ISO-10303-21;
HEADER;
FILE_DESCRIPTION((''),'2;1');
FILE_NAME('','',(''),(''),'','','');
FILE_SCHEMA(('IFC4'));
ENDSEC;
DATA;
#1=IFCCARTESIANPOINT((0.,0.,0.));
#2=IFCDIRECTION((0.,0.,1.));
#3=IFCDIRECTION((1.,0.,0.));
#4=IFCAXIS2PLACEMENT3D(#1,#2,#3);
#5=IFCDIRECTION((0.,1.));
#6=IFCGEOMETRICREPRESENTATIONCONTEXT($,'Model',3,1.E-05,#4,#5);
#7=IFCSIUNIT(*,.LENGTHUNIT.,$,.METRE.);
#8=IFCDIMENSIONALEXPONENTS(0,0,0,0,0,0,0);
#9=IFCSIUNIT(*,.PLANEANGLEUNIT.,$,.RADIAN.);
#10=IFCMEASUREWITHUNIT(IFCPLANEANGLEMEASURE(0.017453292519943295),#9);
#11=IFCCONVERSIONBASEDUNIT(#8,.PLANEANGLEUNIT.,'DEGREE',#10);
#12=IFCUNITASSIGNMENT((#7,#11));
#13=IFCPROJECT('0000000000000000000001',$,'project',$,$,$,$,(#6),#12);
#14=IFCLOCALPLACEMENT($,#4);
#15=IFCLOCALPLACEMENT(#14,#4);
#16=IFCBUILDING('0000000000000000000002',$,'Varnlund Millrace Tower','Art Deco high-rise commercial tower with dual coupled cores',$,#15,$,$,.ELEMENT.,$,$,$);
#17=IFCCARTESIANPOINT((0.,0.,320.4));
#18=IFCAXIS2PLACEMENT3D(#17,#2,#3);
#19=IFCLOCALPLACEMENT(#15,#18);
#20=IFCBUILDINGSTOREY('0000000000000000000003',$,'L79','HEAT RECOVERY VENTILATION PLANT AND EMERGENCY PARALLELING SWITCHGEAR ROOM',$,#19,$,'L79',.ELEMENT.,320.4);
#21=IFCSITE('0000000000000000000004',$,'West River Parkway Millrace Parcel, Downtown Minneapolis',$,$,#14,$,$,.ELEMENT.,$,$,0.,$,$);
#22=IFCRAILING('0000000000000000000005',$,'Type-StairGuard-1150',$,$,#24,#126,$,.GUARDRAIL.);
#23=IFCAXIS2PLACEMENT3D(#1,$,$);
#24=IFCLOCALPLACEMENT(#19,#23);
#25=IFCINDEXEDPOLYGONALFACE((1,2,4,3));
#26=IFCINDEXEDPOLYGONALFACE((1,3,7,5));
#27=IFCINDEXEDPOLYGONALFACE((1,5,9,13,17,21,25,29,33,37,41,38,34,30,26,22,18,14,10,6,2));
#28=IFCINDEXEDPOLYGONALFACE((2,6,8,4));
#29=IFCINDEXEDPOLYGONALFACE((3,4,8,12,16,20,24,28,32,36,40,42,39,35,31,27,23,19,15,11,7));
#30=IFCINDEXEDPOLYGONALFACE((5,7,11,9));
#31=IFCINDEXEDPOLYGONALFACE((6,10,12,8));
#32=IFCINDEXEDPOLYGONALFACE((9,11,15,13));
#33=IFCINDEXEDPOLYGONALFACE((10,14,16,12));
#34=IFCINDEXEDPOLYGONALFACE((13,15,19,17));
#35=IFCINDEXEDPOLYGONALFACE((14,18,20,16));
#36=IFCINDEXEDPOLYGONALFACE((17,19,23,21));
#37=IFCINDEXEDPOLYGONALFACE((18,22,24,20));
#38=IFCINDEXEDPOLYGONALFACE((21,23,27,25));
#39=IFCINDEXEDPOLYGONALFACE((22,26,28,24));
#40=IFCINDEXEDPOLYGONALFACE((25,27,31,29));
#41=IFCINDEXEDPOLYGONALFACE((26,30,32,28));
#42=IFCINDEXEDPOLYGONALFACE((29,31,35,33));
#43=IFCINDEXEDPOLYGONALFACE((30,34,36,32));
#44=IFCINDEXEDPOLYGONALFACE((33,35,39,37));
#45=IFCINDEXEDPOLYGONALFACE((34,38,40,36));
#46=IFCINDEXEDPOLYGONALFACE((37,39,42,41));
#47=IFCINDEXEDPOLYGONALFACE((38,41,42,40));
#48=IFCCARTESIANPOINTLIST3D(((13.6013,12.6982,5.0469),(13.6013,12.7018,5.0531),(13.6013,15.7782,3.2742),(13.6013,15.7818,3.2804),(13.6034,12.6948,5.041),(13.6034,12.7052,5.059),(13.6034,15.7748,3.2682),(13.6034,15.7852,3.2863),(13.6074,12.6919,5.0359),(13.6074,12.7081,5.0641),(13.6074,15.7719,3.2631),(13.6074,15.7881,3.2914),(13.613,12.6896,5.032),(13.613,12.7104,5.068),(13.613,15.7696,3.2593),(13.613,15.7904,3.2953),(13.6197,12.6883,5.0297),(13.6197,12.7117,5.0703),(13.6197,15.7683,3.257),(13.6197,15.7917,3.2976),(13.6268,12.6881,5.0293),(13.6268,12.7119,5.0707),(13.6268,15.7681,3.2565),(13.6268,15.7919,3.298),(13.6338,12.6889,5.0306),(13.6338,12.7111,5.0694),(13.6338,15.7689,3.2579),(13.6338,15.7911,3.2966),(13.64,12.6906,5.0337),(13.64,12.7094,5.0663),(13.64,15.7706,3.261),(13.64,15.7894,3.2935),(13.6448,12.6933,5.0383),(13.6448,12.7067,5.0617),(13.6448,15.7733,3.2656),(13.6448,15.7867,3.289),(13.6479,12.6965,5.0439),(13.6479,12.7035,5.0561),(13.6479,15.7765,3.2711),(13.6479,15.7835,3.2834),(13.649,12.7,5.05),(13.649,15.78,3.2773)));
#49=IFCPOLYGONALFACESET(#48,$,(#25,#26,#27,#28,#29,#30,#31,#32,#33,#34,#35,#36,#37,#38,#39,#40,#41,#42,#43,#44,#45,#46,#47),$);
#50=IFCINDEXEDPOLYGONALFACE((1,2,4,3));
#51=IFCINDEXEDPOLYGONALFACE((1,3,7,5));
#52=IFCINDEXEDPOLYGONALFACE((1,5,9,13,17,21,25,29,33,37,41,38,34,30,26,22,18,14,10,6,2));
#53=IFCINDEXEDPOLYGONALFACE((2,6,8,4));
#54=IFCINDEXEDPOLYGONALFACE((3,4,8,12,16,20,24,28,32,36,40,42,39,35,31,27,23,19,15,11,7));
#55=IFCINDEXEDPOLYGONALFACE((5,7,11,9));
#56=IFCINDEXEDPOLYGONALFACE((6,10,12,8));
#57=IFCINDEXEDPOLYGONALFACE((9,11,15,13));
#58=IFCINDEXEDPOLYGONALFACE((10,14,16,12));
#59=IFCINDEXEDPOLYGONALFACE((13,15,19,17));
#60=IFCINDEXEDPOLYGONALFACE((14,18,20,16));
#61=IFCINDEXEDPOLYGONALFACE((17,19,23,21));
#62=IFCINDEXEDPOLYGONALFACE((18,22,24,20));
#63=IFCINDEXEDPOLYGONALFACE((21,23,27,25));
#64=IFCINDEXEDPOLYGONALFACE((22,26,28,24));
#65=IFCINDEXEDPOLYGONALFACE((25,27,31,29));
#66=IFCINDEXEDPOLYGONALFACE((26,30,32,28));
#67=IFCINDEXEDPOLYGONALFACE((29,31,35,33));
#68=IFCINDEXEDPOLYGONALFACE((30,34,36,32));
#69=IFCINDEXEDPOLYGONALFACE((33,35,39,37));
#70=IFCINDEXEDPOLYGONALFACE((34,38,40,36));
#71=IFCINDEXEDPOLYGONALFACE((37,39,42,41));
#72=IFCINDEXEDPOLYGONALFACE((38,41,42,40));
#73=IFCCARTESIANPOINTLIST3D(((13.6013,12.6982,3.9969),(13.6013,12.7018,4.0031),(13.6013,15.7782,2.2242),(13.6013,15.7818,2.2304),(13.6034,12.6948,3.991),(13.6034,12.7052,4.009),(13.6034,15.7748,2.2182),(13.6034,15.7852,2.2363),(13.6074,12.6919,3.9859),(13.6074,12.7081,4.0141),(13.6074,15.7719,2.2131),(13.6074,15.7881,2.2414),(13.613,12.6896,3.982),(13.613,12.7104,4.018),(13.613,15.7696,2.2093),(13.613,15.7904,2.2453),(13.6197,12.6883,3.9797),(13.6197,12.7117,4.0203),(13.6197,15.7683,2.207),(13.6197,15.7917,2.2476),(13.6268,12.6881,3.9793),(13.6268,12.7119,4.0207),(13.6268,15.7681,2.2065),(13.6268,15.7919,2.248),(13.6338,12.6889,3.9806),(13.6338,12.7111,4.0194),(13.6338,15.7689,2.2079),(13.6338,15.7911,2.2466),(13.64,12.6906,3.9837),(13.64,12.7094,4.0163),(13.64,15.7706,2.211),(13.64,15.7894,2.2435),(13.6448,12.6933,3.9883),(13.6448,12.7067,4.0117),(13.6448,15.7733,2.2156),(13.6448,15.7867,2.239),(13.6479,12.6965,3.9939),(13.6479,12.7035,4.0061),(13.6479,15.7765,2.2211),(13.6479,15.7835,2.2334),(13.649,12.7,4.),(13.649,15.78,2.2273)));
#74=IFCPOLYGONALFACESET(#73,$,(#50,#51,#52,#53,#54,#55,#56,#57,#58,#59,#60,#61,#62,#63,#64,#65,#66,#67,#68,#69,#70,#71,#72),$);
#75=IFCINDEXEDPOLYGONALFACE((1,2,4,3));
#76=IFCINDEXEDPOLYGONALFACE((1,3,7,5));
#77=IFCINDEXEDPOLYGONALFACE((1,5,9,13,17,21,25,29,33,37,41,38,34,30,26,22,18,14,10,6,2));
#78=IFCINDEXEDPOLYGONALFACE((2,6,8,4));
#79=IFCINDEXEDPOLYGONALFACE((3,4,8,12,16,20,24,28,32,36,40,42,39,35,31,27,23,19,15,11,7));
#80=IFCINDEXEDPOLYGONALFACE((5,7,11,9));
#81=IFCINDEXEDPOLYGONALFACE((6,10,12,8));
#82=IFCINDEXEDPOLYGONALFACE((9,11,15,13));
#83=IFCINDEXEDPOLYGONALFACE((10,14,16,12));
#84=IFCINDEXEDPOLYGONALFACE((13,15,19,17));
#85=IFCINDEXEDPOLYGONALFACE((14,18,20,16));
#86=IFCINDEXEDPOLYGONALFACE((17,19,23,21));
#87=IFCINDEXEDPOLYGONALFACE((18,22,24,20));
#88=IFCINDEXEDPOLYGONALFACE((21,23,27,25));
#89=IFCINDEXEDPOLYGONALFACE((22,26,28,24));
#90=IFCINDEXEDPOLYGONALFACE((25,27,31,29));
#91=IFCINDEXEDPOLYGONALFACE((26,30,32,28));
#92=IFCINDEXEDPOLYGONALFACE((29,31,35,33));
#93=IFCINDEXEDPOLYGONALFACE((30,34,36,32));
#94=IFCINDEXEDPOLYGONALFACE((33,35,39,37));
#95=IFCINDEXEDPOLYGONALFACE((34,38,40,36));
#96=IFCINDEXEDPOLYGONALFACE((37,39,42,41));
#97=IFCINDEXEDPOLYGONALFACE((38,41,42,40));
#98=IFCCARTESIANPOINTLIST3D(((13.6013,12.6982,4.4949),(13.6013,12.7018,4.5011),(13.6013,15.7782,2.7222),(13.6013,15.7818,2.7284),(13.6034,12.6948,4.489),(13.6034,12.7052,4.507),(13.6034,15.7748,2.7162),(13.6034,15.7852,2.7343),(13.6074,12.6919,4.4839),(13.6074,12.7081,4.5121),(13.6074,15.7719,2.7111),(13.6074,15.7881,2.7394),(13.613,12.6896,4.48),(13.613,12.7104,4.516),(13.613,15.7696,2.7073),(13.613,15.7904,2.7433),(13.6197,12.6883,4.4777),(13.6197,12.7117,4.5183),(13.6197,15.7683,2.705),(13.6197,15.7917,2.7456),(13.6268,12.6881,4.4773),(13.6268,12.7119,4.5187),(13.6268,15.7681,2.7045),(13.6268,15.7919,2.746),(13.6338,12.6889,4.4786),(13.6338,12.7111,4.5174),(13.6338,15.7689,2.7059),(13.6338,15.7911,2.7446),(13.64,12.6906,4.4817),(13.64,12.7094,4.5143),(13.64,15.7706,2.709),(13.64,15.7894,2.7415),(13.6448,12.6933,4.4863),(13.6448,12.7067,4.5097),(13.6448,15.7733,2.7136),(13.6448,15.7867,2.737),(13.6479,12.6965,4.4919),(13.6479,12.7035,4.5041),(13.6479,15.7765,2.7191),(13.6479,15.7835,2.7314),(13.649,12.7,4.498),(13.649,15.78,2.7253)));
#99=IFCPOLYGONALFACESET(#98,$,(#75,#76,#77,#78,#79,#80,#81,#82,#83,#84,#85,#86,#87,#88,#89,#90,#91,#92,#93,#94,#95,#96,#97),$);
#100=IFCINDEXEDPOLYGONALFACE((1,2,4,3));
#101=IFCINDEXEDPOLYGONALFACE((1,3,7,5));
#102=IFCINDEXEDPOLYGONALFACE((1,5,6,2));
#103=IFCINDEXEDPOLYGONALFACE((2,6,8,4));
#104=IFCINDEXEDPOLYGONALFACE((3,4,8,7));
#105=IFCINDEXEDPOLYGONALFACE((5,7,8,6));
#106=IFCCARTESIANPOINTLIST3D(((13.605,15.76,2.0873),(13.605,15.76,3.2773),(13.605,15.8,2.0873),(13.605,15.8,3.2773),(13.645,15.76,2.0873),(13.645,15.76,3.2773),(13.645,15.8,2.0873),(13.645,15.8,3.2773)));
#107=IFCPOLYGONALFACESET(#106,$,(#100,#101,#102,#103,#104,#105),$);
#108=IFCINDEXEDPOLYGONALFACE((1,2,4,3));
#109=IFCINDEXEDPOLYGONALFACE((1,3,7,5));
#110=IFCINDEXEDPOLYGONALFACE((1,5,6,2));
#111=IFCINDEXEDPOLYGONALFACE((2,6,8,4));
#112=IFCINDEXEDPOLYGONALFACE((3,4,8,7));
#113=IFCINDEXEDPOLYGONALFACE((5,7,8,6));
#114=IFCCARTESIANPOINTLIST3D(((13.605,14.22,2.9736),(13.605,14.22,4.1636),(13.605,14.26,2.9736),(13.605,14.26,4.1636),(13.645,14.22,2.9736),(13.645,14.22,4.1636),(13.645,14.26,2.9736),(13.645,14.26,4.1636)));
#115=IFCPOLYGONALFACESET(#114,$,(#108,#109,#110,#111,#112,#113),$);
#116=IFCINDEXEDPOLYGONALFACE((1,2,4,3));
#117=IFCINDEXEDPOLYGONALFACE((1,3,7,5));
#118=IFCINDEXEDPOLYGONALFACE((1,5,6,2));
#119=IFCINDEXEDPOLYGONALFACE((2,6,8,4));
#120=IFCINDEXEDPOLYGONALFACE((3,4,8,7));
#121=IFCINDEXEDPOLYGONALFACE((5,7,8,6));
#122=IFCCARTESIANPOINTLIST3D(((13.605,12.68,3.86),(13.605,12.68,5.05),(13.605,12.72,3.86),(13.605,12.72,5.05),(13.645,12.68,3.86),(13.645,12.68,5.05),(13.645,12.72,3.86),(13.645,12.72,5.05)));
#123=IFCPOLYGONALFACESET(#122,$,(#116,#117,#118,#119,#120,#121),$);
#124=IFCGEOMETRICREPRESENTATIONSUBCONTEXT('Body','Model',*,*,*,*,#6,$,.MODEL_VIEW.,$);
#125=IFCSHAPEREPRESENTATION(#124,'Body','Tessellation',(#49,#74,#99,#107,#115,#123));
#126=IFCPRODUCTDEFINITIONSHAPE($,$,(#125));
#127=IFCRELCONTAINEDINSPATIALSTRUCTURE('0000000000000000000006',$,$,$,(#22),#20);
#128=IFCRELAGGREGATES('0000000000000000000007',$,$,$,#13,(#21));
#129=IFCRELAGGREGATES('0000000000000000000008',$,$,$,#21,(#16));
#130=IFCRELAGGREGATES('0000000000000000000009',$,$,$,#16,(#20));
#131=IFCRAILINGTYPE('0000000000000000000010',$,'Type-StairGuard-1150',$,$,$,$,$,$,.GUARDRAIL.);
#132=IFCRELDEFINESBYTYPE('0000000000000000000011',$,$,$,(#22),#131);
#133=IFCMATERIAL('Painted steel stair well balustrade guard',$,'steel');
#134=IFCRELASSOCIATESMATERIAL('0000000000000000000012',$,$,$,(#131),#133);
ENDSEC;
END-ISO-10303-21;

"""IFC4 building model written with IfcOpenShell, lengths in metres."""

from ifc_helpers import new_model, entity, si_unit, converted_unit, direction, frame, origin_with_axes, origin_2d_with_axis, place, context, subcontext, project, spatial, rectangle, circle, extrude, material, type_object, element, save


model = new_model("IFC4")

# Units and contexts
model_context = context("Model", 3, precision=1e-05, world=origin_with_axes(), true_north=direction((0.0, 1.0)))
body_context = subcontext(model_context, "Body", "Model", "MODEL_VIEW")
ifc_project = project(units=[si_unit("LENGTHUNIT", "METRE"), converted_unit("PLANEANGLEUNIT", "DEGREE", entity("IfcPlaneAngleMeasure", 0.017453292519943295), si_unit("PLANEANGLEUNIT", "RADIAN"), dimensions=[0, 0, 0, 0, 0, 0, 0])], contexts=[model_context])

# Site, building, storey
site_placement = place(None, origin_with_axes())
site = spatial("IfcSite", under=ifc_project, at=site_placement, Name="West River Parkway Millrace Parcel, Downtown Minneapolis", CompositionType="ELEMENT", RefElevation=0.0)
building_placement = place(site_placement, origin_with_axes())
building = spatial("IfcBuilding", under=site, at=building_placement, Name="Varnlund Millrace Tower", Description="Art Deco high-rise commercial tower with dual coupled cores", CompositionType="ELEMENT")
storey_placement = place(building_placement, frame((0.0, 0.0, 320.4), z_axis=(0.0, 0.0, 1.0), x_axis=(1.0, 0.0, 0.0)))
storey = spatial("IfcBuildingStorey", under=building, at=storey_placement, Name="L79", Description="HEAT RECOVERY VENTILATION PLANT AND EMERGENCY PARALLELING SWITCHGEAR ROOM", LongName="L79", CompositionType="ELEMENT", Elevation=320.4)

# Railing
ifc_material_1 = material(Name="Painted steel stair well balustrade guard", Category="steel")
railing_type_1 = type_object("IfcRailingType", Name="Type-StairGuard-1150", PredefinedType="GUARDRAIL", material=ifc_material_1)
railing_1_placement = place(storey_placement, frame((0.0, 0.0, -320.4), z_axis=(0.0, 0.0, 1.0), x_axis=(1.0, 0.0, 0.0)))
element("IfcRailing", 1, at=railing_1_placement, inside=storey, type_object=railing_type_1, Name="Type-StairGuard-1150", PredefinedType="GUARDRAIL", context=body_context, shape_type="SweptSolid", body=[
    extrude(circle(Radius=0.024, at=origin_2d_with_axis()), frame((13.625, 15.78, 323.6773), z_axis=(0.0, -0.866696, 0.498836), x_axis=(1.0, 0.0, 0.0)), (0.0, 0.0, 1.0), 3.5537),
    extrude(circle(Radius=0.024, at=origin_2d_with_axis()), frame((13.625, 15.78, 322.6273), z_axis=(0.0, -0.866696, 0.498836), x_axis=(1.0, 0.0, 0.0)), (0.0, 0.0, 1.0), 3.5537),
    extrude(circle(Radius=0.024, at=origin_2d_with_axis()), frame((13.625, 15.78, 323.1253), z_axis=(0.0, -0.866696, 0.498836), x_axis=(1.0, 0.0, 0.0)), (0.0, 0.0, 1.0), 3.5537),
    extrude(rectangle(XDim=0.04, YDim=0.04, at=origin_2d_with_axis()), frame((13.625, 15.78, 322.4873), z_axis=(0.0, 0.0, 1.0), x_axis=(1.0, 0.0, 0.0)), (0.0, 0.0, 1.0), 1.19),
    extrude(rectangle(XDim=0.04, YDim=0.04, at=origin_2d_with_axis()), frame((13.625, 14.24, 323.3736), z_axis=(0.0, 0.0, 1.0), x_axis=(1.0, 0.0, 0.0)), (0.0, 0.0, 1.0), 1.19),
    extrude(rectangle(XDim=0.04, YDim=0.04, at=origin_2d_with_axis()), frame((13.625, 12.7, 324.26), z_axis=(0.0, 0.0, 1.0), x_axis=(1.0, 0.0, 0.0)), (0.0, 0.0, 1.0), 1.19),
])

save(model, "model.ifc")
